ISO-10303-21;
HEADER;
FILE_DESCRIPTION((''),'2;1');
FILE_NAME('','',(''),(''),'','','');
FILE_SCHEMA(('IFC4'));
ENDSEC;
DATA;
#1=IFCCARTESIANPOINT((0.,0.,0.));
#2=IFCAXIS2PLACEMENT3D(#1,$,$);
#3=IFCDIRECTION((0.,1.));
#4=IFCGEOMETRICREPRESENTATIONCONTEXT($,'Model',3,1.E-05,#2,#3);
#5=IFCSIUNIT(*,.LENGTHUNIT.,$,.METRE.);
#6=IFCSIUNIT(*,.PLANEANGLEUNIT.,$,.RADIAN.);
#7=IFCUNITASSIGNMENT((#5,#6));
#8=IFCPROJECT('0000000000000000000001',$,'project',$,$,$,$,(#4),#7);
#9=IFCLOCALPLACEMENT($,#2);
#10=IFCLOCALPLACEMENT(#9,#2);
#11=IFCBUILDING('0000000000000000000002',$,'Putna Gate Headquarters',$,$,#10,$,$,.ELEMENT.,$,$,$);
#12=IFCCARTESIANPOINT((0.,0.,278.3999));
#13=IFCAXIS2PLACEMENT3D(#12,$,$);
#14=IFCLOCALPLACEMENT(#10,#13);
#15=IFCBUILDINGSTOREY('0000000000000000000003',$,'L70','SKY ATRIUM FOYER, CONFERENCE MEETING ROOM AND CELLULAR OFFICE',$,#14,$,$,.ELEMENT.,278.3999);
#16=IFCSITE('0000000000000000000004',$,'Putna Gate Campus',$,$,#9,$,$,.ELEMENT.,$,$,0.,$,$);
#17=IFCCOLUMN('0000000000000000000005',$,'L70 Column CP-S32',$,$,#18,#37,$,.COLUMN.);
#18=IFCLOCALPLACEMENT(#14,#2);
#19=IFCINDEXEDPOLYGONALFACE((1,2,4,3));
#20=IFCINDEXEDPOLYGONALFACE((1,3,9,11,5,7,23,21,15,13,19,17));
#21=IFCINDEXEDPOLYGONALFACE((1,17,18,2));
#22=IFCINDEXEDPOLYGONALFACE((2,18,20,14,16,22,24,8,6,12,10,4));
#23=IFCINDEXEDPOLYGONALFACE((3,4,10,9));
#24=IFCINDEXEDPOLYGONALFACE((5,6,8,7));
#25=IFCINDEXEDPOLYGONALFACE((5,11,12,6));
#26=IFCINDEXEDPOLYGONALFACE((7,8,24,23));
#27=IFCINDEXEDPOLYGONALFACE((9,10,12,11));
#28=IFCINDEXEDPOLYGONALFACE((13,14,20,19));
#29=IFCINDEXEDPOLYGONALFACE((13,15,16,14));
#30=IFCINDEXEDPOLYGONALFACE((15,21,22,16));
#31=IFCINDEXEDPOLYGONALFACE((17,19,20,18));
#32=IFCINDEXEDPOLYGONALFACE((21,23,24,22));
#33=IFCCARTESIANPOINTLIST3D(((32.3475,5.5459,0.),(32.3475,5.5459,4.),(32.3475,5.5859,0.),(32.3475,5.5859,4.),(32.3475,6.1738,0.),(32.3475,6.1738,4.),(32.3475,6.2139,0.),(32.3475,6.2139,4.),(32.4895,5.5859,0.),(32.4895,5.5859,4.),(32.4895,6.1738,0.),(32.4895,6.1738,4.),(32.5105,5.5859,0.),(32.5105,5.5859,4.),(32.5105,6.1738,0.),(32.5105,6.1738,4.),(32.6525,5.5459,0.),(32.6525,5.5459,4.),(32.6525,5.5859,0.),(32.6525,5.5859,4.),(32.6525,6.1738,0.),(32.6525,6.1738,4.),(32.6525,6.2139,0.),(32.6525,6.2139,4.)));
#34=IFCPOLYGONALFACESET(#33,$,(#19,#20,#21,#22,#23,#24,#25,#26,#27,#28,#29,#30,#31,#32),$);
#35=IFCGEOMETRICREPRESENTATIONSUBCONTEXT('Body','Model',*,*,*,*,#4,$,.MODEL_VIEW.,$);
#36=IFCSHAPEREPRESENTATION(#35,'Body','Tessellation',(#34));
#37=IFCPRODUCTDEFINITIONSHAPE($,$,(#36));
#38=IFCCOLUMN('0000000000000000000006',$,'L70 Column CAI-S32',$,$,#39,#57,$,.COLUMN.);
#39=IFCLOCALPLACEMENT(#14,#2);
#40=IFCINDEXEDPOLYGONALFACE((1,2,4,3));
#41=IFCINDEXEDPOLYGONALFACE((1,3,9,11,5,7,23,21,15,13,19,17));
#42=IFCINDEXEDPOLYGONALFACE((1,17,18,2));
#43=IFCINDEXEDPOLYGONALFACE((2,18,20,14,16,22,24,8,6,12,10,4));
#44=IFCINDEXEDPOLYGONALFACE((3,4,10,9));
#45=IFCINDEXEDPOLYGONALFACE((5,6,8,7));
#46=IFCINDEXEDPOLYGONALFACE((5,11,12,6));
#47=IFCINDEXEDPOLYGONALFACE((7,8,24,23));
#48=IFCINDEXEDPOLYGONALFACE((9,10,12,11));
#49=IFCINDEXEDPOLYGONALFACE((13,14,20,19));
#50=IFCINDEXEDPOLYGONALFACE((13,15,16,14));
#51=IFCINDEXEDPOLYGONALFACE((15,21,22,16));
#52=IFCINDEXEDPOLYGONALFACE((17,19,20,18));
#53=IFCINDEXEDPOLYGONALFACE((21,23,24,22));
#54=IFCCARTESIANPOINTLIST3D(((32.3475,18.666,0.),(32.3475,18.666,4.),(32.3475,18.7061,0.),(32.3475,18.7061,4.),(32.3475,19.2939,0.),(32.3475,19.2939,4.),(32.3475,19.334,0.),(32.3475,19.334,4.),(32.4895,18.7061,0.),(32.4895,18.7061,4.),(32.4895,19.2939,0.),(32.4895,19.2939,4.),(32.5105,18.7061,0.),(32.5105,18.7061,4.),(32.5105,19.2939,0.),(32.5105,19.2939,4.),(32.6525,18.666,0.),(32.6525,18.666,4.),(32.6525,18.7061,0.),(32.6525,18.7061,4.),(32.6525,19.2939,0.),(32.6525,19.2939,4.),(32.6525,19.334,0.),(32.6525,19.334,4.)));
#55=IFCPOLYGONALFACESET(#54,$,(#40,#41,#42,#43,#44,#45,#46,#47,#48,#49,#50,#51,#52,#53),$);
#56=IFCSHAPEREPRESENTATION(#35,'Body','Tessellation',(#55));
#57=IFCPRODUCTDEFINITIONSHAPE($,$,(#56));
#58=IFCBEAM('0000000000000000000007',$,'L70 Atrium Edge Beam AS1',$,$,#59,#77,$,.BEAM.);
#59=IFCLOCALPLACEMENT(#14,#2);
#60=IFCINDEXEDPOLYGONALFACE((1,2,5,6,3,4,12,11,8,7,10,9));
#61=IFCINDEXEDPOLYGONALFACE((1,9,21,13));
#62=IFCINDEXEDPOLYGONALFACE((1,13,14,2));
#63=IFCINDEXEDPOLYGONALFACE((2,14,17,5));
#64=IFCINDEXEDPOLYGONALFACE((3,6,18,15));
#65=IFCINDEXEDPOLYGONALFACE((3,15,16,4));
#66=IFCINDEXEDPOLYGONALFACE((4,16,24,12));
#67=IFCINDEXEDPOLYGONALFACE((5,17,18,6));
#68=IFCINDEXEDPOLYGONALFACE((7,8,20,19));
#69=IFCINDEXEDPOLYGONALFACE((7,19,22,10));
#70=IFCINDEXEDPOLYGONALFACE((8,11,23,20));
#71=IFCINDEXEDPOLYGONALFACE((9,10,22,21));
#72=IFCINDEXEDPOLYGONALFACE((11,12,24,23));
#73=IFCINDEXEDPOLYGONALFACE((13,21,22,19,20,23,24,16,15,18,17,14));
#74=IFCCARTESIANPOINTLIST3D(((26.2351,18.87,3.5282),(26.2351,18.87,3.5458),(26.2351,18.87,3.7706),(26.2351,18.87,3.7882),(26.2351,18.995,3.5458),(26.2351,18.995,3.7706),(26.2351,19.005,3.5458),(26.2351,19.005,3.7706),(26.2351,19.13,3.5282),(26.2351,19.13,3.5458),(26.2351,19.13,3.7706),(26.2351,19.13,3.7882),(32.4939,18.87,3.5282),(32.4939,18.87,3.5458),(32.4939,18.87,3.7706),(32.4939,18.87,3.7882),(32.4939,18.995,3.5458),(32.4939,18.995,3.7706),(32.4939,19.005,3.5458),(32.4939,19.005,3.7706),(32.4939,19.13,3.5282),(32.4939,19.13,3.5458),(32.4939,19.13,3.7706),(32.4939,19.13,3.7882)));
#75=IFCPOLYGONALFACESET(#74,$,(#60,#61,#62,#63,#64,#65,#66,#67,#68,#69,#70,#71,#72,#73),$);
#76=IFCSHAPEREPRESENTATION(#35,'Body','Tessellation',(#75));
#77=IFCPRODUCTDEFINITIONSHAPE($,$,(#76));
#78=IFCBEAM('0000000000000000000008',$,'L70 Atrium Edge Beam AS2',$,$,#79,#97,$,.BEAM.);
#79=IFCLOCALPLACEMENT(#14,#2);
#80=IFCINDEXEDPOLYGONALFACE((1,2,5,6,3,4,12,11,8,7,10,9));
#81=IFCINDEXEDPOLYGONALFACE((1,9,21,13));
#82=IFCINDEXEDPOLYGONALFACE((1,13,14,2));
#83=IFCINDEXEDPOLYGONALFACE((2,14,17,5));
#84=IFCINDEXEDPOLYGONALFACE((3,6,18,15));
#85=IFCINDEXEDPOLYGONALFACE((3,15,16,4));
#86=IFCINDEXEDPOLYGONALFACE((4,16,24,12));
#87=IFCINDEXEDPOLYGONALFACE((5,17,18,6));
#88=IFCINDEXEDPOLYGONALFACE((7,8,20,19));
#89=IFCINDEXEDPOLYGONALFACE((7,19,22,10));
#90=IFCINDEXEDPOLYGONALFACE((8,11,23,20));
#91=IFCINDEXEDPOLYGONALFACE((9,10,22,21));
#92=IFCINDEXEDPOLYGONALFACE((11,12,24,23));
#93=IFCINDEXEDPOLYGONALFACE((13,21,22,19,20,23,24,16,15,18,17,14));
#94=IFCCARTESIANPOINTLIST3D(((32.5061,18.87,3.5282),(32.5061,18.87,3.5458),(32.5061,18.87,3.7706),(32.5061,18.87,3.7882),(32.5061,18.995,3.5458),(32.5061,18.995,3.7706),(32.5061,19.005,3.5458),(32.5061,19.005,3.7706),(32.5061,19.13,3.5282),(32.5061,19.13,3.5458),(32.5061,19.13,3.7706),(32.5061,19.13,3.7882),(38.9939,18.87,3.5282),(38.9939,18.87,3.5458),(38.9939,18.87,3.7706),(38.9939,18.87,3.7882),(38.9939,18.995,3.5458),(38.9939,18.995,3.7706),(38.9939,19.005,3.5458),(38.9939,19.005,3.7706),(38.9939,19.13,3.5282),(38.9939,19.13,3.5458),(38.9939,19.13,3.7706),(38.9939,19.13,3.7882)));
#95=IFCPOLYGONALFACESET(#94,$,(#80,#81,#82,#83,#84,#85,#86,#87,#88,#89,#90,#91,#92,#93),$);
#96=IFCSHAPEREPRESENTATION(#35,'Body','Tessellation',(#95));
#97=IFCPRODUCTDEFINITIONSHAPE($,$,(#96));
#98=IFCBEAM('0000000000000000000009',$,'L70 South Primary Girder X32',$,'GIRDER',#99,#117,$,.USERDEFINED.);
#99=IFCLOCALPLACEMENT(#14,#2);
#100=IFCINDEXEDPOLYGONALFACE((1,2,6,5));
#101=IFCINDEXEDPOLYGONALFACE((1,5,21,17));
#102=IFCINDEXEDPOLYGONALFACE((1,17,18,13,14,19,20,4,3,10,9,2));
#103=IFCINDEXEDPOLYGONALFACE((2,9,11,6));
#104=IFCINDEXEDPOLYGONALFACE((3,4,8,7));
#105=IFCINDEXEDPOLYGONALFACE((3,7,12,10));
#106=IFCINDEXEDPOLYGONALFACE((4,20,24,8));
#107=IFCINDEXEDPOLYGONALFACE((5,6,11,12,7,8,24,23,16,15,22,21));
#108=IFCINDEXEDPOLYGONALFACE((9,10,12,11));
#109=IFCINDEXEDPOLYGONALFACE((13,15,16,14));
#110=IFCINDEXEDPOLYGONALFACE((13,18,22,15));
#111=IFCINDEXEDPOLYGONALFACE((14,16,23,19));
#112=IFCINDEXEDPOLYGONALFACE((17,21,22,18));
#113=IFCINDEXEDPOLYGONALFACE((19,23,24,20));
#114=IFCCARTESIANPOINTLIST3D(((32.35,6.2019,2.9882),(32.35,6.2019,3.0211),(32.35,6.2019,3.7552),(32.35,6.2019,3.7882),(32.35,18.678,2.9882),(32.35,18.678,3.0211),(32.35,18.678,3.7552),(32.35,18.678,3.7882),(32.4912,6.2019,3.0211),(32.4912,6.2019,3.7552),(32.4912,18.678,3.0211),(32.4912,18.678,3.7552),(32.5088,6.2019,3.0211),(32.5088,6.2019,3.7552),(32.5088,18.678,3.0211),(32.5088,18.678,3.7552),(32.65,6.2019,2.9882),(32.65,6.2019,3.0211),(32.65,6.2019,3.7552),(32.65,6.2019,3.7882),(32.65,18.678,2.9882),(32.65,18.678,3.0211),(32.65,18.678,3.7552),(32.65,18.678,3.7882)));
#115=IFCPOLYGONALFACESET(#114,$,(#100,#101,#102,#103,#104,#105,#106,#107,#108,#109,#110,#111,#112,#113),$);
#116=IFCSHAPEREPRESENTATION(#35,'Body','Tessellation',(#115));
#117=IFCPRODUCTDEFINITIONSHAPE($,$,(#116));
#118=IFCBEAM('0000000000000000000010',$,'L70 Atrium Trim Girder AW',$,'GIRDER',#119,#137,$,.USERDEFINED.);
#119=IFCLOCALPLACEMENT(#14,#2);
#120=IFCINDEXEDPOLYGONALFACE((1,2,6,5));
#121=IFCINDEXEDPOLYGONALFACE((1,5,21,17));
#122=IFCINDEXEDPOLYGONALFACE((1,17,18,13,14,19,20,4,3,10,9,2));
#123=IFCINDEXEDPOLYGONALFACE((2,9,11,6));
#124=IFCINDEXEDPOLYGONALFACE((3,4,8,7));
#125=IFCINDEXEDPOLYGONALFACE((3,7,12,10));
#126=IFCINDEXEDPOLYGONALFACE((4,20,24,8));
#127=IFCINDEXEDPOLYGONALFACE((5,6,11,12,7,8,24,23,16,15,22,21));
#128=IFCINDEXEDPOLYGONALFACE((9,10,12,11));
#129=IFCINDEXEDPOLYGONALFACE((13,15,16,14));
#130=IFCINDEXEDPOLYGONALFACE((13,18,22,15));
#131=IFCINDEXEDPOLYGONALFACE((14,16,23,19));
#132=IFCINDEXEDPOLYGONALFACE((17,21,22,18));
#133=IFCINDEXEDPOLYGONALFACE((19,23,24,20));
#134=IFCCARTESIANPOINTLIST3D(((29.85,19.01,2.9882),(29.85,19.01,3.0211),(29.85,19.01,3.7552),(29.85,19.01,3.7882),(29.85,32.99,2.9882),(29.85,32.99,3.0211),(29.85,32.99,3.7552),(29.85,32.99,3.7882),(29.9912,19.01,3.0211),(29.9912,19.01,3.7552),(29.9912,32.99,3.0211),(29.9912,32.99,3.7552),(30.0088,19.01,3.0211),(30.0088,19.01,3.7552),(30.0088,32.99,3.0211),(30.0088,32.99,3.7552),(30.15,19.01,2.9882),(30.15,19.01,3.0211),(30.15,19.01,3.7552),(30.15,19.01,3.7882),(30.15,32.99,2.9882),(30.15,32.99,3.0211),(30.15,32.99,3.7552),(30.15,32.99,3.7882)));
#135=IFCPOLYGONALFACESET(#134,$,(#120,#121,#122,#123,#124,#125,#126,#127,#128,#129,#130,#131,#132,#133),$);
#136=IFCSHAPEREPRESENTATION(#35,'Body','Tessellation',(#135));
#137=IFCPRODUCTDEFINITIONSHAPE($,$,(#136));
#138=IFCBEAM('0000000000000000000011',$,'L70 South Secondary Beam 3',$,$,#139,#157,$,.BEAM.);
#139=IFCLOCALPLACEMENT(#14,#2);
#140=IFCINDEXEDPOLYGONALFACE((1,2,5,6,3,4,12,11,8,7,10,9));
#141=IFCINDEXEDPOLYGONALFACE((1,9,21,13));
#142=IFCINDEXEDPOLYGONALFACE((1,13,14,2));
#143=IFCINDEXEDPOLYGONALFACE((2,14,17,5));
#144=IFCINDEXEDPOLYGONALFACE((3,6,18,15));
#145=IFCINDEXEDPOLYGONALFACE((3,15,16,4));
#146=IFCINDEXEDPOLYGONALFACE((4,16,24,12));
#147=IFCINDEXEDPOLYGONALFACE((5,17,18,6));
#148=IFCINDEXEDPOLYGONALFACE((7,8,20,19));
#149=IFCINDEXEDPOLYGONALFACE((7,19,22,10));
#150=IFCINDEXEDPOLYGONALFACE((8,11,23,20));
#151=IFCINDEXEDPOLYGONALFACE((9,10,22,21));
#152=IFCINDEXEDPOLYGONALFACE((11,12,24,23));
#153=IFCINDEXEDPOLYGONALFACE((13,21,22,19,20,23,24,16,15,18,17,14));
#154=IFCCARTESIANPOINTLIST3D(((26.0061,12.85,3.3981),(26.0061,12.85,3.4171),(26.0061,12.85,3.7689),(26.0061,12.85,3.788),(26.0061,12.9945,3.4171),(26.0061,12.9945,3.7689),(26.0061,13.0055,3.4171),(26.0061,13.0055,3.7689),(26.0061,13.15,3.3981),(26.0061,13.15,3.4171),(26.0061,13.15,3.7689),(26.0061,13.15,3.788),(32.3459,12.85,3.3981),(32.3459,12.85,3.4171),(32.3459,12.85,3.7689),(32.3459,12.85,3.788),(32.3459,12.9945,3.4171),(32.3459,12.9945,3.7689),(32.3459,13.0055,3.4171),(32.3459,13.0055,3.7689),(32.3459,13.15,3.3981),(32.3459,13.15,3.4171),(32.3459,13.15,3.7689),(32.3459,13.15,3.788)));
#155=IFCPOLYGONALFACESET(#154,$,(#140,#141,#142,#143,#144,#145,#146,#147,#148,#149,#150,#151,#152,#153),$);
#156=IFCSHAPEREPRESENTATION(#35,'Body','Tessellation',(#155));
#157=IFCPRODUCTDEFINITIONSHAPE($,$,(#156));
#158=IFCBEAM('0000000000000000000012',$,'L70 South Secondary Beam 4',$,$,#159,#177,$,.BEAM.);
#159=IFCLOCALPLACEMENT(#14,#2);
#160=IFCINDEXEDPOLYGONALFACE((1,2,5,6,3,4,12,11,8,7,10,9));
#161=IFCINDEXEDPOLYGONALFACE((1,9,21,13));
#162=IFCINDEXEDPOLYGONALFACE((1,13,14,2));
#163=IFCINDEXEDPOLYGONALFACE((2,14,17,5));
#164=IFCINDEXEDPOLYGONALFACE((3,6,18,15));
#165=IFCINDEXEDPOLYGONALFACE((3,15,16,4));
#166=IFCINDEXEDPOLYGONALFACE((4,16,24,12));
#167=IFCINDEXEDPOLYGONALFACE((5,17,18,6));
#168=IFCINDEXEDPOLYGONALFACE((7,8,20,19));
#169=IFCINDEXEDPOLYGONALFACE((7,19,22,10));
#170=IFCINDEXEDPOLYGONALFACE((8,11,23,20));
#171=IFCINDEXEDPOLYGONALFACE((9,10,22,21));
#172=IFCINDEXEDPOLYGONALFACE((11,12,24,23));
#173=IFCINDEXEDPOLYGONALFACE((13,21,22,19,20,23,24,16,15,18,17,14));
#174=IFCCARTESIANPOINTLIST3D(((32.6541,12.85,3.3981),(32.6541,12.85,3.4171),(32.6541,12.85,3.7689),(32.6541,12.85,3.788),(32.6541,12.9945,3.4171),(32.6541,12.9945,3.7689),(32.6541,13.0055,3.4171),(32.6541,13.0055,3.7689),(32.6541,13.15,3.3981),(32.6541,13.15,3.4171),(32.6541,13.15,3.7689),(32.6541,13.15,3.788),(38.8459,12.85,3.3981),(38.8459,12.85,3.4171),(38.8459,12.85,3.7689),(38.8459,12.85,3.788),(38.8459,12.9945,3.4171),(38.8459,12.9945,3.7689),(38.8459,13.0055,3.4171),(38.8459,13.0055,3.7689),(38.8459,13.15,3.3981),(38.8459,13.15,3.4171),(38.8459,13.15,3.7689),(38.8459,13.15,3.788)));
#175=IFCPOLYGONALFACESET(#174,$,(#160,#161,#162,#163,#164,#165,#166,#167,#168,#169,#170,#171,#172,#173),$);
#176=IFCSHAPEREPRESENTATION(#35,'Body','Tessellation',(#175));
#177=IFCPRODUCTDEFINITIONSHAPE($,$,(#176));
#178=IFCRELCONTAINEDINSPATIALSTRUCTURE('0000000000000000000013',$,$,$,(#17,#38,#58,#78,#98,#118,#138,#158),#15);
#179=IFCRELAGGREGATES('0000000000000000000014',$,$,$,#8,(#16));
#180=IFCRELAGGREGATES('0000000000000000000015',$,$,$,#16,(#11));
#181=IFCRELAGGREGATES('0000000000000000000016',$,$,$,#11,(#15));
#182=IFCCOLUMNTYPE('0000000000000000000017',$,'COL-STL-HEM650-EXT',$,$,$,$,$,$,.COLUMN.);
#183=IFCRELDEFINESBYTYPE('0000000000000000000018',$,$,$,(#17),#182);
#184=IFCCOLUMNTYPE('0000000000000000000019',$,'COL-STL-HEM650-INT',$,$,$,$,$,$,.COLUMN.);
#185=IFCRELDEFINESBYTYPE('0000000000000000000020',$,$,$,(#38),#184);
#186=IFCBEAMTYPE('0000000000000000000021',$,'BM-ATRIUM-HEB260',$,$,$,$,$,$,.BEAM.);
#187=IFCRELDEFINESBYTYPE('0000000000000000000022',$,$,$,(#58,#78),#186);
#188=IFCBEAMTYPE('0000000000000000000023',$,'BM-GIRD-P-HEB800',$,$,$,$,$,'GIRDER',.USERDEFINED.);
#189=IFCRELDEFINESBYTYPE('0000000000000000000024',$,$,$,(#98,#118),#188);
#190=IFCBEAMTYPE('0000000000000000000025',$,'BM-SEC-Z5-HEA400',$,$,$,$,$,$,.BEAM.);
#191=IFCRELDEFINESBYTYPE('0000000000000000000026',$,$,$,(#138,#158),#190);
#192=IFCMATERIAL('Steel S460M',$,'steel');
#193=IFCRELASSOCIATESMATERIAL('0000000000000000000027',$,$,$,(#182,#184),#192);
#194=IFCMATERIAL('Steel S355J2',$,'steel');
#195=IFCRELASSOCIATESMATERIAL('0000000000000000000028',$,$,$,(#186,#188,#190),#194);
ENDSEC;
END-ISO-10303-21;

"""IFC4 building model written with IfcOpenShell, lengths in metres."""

from ifc_helpers import new_model, si_unit, direction, frame, origin, origin_2d, place, context, subcontext, project, spatial, i_section, extrude, material, material_profile, profile_set, type_object, element, save


model = new_model("IFC4")

# Units and contexts
model_context = context("Model", 3, precision=1e-05, world=origin(), true_north=direction((0.0, 1.0)))
body_context = subcontext(model_context, "Body", "Model", "MODEL_VIEW")
ifc_project = project(units=[si_unit("LENGTHUNIT", "METRE"), si_unit("PLANEANGLEUNIT", "RADIAN")], contexts=[model_context])

# Site, building, storey
site_placement = place(None, origin())
site = spatial("IfcSite", under=ifc_project, at=site_placement, Name="Putna Gate Campus", CompositionType="ELEMENT", RefElevation=0.0)
building_placement = place(site_placement, origin())
building = spatial("IfcBuilding", under=site, at=building_placement, Name="Putna Gate Headquarters", CompositionType="ELEMENT")
storey_placement = place(building_placement, frame((0.0, 0.0, 278.3999)))
storey = spatial("IfcBuildingStorey", under=building, at=storey_placement, Name="L70", Description="SKY ATRIUM FOYER, CONFERENCE MEETING ROOM AND CELLULAR OFFICE", CompositionType="ELEMENT", Elevation=278.3999)

# Columns
ifc_material_1 = material(Name="Steel S460M", Category="steel")
ifc_material_profile_1 = material_profile(ifc_material_1, i_section(OverallWidth=0.3049, OverallDepth=0.668, WebThickness=0.021, FlangeThickness=0.04, at=origin_2d()), Name="Steel S460M")
ifc_profile_set_1 = profile_set([ifc_material_profile_1], Name="Steel S460M")
column_type_1 = type_object("IfcColumnType", Name="COL-STL-HEM650-EXT", PredefinedType="COLUMN", material=ifc_profile_set_1)
column_1_placement = place(storey_placement, frame((32.5, 5.8799, 0.0), z_axis=(0.0, 0.0, 1.0), x_axis=(1.0, 0.0, 0.0)))
element("IfcColumn", 1, at=column_1_placement, inside=storey, type_object=column_type_1, Name="L70 Column CP-S32", PredefinedType="COLUMN", context=body_context, shape_type="SweptSolid", body=[
    extrude(i_section(OverallWidth=0.3049, OverallDepth=0.668, WebThickness=0.021, FlangeThickness=0.04, at=origin_2d()), origin(), (0.0, 0.0, 1.0), 4.0),
])
ifc_material_profile_2 = material_profile(ifc_material_1, i_section(OverallWidth=0.3049, OverallDepth=0.668, WebThickness=0.021, FlangeThickness=0.04, at=origin_2d()), Name="Steel S460M")
ifc_profile_set_2 = profile_set([ifc_material_profile_2], Name="Steel S460M")
column_type_2 = type_object("IfcColumnType", Name="COL-STL-HEM650-INT", PredefinedType="COLUMN", material=ifc_profile_set_2)
column_2_placement = place(storey_placement, frame((32.5, 19.0, 0.0), z_axis=(0.0, 0.0, 1.0), x_axis=(1.0, 0.0, 0.0)))
element("IfcColumn", 2, at=column_2_placement, inside=storey, type_object=column_type_2, Name="L70 Column CAI-S32", PredefinedType="COLUMN", context=body_context, shape_type="SweptSolid", body=[
    extrude(i_section(OverallWidth=0.3049, OverallDepth=0.668, WebThickness=0.021, FlangeThickness=0.04, at=origin_2d()), origin(), (0.0, 0.0, 1.0), 4.0),
])

# Beams
ifc_material_2 = material(Name="Steel S355J2", Category="steel")
ifc_material_profile_3 = material_profile(ifc_material_2, i_section(OverallWidth=0.26, OverallDepth=0.26, WebThickness=0.01, FlangeThickness=0.0176, at=origin_2d()), Name="Steel S355J2")
ifc_profile_set_3 = profile_set([ifc_material_profile_3], Name="Steel S355J2")
beam_type_1 = type_object("IfcBeamType", Name="BM-ATRIUM-HEB260", PredefinedType="BEAM", material=ifc_profile_set_3)
beam_1_placement = place(storey_placement, frame((26.2351, 19.0, 3.6582), z_axis=(1.0, 0.0, 0.0), x_axis=(0.0, 1.0, 0.0)))
element("IfcBeam", 3, at=beam_1_placement, inside=storey, type_object=beam_type_1, Name="L70 Atrium Edge Beam AS1", PredefinedType="BEAM", context=body_context, shape_type="SweptSolid", body=[
    extrude(i_section(OverallWidth=0.26, OverallDepth=0.26, WebThickness=0.01, FlangeThickness=0.0176, at=origin_2d()), origin(), (0.0, 0.0, 1.0), 6.2588),
])
beam_2_placement = place(storey_placement, frame((32.5061, 19.0, 3.6582), z_axis=(1.0, 0.0, 0.0), x_axis=(0.0, 1.0, 0.0)))
element("IfcBeam", 4, at=beam_2_placement, inside=storey, type_object=beam_type_1, Name="L70 Atrium Edge Beam AS2", PredefinedType="BEAM", context=body_context, shape_type="SweptSolid", body=[
    extrude(i_section(OverallWidth=0.26, OverallDepth=0.26, WebThickness=0.01, FlangeThickness=0.0176, at=origin_2d()), origin(), (0.0, 0.0, 1.0), 6.4878),
])
ifc_material_profile_4 = material_profile(ifc_material_2, i_section(OverallWidth=0.3, OverallDepth=0.8, WebThickness=0.0176, FlangeThickness=0.033, at=origin_2d()), Name="Steel S355J2")
ifc_profile_set_4 = profile_set([ifc_material_profile_4], Name="Steel S355J2")
beam_type_2 = type_object("IfcBeamType", Name="BM-GIRD-P-HEB800", ElementType="GIRDER", PredefinedType="USERDEFINED", material=ifc_profile_set_4)
beam_3_placement = place(storey_placement, frame((32.5, 6.2019, 3.3882), z_axis=(0.0, 1.0, 0.0), x_axis=(-1.0, 0.0, 0.0)))
element("IfcBeam", 5, at=beam_3_placement, inside=storey, type_object=beam_type_2, Name="L70 South Primary Girder X32", ObjectType="GIRDER", PredefinedType="USERDEFINED", context=body_context, shape_type="SweptSolid", body=[
    extrude(i_section(OverallWidth=0.3, OverallDepth=0.8, WebThickness=0.0176, FlangeThickness=0.033, at=origin_2d()), origin(), (0.0, 0.0, 1.0), 12.4761),
])
beam_4_placement = place(storey_placement, frame((30.0, 19.01, 3.3882), z_axis=(0.0, 1.0, 0.0), x_axis=(-1.0, 0.0, 0.0)))
element("IfcBeam", 6, at=beam_4_placement, inside=storey, type_object=beam_type_2, Name="L70 Atrium Trim Girder AW", ObjectType="GIRDER", PredefinedType="USERDEFINED", context=body_context, shape_type="SweptSolid", body=[
    extrude(i_section(OverallWidth=0.3, OverallDepth=0.8, WebThickness=0.0176, FlangeThickness=0.033, at=origin_2d()), origin(), (0.0, 0.0, 1.0), 13.98),
])
ifc_material_profile_5 = material_profile(ifc_material_2, i_section(OverallWidth=0.3, OverallDepth=0.3899, WebThickness=0.011, FlangeThickness=0.019, at=origin_2d()), Name="Steel S355J2")
ifc_profile_set_5 = profile_set([ifc_material_profile_5], Name="Steel S355J2")
beam_type_3 = type_object("IfcBeamType", Name="BM-SEC-Z5-HEA400", PredefinedType="BEAM", material=ifc_profile_set_5)
beam_5_placement = place(storey_placement, frame((26.0061, 13.0, 3.593), z_axis=(1.0, 0.0, 0.0), x_axis=(0.0, 1.0, 0.0)))
element("IfcBeam", 7, at=beam_5_placement, inside=storey, type_object=beam_type_3, Name="L70 South Secondary Beam 3", PredefinedType="BEAM", context=body_context, shape_type="SweptSolid", body=[
    extrude(i_section(OverallWidth=0.3, OverallDepth=0.3899, WebThickness=0.011, FlangeThickness=0.019, at=origin_2d()), origin(), (0.0, 0.0, 1.0), 6.3398),
])
beam_6_placement = place(storey_placement, frame((32.6541, 13.0, 3.593), z_axis=(1.0, 0.0, 0.0), x_axis=(0.0, 1.0, 0.0)))
element("IfcBeam", 8, at=beam_6_placement, inside=storey, type_object=beam_type_3, Name="L70 South Secondary Beam 4", PredefinedType="BEAM", context=body_context, shape_type="SweptSolid", body=[
    extrude(i_section(OverallWidth=0.3, OverallDepth=0.3899, WebThickness=0.011, FlangeThickness=0.019, at=origin_2d()), origin(), (0.0, 0.0, 1.0), 6.1919),
])

save(model, "model.ifc")
